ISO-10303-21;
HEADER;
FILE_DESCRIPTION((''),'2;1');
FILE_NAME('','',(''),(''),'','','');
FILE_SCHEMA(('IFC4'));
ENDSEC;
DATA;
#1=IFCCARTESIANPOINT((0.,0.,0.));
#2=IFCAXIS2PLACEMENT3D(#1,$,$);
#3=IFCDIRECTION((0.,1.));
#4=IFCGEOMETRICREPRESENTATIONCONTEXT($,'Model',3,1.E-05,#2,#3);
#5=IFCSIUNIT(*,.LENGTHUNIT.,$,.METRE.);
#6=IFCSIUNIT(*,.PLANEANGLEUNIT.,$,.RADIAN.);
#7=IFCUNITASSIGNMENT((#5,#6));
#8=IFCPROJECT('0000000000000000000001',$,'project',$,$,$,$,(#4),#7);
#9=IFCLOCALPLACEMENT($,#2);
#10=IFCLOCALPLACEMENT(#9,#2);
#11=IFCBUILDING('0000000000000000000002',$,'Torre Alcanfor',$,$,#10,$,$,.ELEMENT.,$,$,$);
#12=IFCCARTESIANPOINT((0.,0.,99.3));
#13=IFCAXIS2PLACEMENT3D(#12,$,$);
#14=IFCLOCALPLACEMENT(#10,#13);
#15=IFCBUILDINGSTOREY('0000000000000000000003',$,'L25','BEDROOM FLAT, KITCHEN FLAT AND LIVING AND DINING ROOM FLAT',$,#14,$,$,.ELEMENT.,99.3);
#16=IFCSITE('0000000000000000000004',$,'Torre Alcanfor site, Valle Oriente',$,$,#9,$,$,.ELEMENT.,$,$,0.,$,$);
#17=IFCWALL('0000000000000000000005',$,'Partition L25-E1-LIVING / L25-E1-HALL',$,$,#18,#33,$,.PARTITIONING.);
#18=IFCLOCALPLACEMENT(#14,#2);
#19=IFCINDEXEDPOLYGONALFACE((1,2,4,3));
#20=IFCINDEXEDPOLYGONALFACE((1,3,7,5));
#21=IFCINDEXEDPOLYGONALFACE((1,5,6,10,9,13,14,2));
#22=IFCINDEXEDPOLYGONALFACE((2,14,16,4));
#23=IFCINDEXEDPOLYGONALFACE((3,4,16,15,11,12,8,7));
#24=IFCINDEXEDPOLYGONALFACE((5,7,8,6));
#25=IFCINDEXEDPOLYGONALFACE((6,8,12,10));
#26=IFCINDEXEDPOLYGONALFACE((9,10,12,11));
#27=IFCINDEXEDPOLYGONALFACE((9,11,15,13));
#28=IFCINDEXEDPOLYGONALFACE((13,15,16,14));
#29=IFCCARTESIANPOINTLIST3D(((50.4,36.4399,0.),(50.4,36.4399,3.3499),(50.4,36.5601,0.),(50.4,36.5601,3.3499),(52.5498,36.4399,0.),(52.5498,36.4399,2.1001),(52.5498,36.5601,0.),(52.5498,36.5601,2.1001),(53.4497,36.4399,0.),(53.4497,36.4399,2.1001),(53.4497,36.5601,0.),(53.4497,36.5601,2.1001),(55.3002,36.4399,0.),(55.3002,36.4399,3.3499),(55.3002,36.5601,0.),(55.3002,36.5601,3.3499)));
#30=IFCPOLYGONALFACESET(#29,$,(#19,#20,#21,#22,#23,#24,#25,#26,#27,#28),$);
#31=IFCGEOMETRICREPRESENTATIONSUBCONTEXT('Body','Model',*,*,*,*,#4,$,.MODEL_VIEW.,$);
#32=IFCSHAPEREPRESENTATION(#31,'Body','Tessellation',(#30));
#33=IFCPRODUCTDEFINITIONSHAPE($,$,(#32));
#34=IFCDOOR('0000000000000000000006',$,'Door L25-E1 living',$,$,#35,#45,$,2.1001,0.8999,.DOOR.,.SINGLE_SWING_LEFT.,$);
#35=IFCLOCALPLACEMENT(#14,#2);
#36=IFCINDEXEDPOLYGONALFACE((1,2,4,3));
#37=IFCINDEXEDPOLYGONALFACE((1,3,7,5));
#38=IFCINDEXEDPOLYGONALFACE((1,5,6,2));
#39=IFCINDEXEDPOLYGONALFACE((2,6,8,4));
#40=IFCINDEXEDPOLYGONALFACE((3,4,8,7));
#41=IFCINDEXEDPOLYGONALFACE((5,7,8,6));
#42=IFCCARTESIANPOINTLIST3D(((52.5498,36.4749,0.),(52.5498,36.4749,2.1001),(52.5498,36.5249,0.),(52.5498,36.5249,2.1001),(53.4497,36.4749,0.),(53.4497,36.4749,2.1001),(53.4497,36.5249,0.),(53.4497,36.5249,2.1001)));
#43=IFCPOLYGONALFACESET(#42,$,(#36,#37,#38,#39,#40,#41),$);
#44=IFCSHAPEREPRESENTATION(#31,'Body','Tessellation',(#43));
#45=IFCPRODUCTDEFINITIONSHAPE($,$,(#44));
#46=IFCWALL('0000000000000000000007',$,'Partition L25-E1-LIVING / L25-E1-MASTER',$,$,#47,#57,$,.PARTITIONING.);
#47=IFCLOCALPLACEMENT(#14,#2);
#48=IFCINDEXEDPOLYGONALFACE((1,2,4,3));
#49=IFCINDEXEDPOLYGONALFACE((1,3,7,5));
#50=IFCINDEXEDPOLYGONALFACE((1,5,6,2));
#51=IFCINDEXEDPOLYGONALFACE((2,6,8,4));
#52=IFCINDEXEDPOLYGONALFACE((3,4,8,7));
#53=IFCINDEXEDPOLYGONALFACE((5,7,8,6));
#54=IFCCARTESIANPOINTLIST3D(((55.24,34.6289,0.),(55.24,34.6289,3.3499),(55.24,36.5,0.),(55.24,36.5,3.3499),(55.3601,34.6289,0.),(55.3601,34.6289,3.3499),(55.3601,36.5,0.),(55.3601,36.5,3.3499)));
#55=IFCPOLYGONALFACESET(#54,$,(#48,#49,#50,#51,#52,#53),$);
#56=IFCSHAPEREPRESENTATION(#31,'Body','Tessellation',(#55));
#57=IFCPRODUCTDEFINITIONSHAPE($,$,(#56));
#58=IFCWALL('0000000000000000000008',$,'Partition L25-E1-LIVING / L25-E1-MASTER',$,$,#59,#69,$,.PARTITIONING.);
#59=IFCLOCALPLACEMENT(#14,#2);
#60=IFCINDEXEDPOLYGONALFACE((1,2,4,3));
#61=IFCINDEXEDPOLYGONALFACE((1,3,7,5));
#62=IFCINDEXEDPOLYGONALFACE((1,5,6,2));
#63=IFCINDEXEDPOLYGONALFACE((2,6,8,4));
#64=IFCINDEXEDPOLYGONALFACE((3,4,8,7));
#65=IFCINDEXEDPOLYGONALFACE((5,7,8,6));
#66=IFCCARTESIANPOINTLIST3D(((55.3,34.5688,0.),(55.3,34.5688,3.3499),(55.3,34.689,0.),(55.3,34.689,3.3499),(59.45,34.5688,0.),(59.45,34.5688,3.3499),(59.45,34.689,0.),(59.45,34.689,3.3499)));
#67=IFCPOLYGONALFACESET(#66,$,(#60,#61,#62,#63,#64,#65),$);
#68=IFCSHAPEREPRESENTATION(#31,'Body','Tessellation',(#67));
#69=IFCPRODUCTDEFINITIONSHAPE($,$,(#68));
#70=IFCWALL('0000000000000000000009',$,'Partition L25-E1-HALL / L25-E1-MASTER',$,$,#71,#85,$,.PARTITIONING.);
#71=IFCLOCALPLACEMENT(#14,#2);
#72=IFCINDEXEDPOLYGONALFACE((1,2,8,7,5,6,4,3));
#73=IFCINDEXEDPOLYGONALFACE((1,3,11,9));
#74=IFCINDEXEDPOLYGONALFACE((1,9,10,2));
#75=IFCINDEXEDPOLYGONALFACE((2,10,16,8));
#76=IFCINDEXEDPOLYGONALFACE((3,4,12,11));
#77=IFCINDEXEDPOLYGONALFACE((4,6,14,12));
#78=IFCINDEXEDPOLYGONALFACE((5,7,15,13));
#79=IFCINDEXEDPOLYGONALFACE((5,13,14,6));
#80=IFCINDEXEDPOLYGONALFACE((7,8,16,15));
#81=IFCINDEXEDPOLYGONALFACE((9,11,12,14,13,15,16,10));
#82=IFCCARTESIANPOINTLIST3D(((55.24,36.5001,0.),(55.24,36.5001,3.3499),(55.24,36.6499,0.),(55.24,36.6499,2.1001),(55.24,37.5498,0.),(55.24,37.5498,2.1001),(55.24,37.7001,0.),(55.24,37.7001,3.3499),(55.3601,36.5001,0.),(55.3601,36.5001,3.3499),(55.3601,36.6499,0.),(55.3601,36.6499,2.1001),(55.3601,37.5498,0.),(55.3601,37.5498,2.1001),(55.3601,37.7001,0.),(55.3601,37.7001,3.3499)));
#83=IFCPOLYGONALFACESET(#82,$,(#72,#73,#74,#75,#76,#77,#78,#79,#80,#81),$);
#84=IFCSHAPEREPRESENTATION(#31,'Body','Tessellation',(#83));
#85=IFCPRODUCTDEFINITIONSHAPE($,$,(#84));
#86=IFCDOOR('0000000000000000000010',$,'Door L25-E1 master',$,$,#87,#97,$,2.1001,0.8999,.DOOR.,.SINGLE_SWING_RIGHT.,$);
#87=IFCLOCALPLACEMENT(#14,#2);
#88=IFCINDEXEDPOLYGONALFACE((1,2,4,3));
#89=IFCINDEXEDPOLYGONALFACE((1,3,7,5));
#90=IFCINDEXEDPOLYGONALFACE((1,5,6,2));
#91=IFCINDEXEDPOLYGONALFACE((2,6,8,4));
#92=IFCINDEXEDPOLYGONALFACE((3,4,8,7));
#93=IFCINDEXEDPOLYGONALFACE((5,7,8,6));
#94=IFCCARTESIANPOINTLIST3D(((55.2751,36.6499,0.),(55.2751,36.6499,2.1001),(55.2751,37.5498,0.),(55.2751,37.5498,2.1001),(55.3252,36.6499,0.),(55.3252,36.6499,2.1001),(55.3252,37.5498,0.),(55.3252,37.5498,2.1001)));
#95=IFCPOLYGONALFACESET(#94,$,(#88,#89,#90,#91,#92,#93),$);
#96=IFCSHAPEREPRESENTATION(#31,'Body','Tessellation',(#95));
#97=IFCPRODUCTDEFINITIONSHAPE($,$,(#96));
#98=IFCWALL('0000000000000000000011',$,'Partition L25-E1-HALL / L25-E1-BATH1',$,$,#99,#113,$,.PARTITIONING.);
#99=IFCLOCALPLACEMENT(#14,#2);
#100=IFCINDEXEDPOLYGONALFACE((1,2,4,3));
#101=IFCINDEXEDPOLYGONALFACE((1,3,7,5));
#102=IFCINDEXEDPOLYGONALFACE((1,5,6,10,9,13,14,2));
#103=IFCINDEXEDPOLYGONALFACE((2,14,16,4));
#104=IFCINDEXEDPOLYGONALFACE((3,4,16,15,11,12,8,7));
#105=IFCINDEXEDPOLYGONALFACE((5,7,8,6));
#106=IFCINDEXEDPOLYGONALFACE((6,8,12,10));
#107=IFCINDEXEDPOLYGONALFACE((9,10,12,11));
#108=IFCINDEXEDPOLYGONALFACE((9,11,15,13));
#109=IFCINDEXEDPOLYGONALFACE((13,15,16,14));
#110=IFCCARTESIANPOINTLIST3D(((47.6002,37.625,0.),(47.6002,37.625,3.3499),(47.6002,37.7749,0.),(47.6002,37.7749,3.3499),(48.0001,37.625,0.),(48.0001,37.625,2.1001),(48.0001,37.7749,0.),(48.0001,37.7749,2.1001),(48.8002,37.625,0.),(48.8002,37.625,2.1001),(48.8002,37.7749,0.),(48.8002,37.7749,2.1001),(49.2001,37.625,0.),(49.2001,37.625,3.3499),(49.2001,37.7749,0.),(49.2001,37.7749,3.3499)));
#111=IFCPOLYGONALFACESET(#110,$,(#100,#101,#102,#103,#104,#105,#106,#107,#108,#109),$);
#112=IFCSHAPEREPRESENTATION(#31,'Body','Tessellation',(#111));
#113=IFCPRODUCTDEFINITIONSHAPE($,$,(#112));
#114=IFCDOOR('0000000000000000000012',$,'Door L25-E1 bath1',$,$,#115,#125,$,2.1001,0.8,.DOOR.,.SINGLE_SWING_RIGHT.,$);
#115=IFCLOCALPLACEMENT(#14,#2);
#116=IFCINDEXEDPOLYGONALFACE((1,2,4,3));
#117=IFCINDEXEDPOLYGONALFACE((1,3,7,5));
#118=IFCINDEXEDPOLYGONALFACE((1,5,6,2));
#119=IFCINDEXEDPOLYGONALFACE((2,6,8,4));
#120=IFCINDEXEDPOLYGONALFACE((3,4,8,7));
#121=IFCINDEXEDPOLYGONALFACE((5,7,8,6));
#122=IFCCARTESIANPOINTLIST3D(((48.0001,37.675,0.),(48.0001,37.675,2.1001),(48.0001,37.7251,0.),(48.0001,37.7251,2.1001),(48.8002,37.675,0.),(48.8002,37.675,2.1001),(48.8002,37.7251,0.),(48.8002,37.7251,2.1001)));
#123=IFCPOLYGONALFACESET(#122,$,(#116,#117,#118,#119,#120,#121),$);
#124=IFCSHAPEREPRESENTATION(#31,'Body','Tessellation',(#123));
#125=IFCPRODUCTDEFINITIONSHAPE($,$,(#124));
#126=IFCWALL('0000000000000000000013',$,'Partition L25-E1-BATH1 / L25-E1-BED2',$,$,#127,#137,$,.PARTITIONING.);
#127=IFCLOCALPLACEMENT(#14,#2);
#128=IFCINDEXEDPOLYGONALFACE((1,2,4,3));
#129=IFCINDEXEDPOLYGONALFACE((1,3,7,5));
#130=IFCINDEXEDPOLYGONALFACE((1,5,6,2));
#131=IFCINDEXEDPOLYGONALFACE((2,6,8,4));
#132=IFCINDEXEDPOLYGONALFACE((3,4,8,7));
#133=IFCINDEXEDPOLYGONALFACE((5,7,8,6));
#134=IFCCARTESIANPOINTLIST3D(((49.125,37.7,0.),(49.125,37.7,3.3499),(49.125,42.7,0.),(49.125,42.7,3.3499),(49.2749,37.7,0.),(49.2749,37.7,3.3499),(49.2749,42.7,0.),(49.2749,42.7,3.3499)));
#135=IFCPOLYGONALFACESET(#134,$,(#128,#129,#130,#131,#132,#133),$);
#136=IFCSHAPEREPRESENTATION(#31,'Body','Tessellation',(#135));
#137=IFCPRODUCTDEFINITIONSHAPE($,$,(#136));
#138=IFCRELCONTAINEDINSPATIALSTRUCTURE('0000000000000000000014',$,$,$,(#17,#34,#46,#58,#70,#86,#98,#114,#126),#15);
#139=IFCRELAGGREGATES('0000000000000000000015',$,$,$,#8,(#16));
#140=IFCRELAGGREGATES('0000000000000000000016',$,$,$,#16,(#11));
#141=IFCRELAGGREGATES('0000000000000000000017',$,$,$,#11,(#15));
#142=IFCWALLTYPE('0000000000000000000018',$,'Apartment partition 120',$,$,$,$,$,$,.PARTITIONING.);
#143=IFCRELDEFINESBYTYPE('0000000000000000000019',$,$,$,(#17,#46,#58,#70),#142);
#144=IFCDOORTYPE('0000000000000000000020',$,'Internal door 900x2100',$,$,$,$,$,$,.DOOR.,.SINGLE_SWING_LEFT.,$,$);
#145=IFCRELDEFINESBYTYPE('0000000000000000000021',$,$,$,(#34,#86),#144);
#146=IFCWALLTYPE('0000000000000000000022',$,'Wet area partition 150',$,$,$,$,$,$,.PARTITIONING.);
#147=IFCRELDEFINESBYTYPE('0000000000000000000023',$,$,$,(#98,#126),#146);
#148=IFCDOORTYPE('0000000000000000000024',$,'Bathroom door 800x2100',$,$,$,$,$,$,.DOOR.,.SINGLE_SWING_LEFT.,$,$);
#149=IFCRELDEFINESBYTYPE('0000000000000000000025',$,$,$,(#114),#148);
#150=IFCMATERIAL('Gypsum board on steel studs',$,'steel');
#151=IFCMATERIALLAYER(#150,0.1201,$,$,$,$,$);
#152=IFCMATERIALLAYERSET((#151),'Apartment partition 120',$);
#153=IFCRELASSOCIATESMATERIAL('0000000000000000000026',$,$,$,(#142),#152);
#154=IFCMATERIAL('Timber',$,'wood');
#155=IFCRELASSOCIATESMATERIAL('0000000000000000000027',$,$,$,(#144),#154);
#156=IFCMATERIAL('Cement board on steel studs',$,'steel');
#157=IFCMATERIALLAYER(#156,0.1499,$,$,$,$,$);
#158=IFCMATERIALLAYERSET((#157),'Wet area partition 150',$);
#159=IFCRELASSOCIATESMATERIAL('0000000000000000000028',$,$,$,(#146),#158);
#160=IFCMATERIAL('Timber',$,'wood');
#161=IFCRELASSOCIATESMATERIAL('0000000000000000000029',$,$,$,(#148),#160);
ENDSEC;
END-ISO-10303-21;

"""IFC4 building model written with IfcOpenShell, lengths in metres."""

from ifc_helpers import new_model, si_unit, direction, frame, frame_2d, origin, place, context, subcontext, project, spatial, rectangle, extrude, material, layer, layer_set, type_object, element, fill, save


model = new_model("IFC4")

# Units and contexts
model_context = context("Model", 3, precision=1e-05, world=origin(), true_north=direction((0.0, 1.0)))
body_context = subcontext(model_context, "Body", "Model", "MODEL_VIEW")
ifc_project = project(units=[si_unit("LENGTHUNIT", "METRE"), si_unit("PLANEANGLEUNIT", "RADIAN")], contexts=[model_context])

# Site, building, storey
site_placement = place(None, origin())
site = spatial("IfcSite", under=ifc_project, at=site_placement, Name="Torre Alcanfor site, Valle Oriente", CompositionType="ELEMENT", RefElevation=0.0)
building_placement = place(site_placement, origin())
building = spatial("IfcBuilding", under=site, at=building_placement, Name="Torre Alcanfor", CompositionType="ELEMENT")
storey_placement = place(building_placement, frame((0.0, 0.0, 99.3)))
storey = spatial("IfcBuildingStorey", under=building, at=storey_placement, Name="L25", Description="BEDROOM FLAT, KITCHEN FLAT AND LIVING AND DINING ROOM FLAT", CompositionType="ELEMENT", Elevation=99.3)

# Wall, opening, door
ifc_material_1 = material(Name="Gypsum board on steel studs", Category="steel")
ifc_layer_1 = layer(ifc_material_1, 0.1201)
ifc_layer_set_1 = layer_set([ifc_layer_1], Name="Apartment partition 120")
wall_type_1 = type_object("IfcWallType", Name="Apartment partition 120", PredefinedType="PARTITIONING", material=ifc_layer_set_1)
wall_1_placement = place(storey_placement, frame((50.3999, 36.5, 0.0), z_axis=(0.0, 0.0, 1.0), x_axis=(1.0, 0.0, 0.0)))
wall_1 = element("IfcWall", 1, at=wall_1_placement, inside=storey, type_object=wall_type_1, Name="Partition L25-E1-LIVING / L25-E1-HALL", PredefinedType="PARTITIONING", context=body_context, shape_type="SweptSolid", body=[
    extrude(rectangle(XDim=4.9001, YDim=0.1201, at=frame_2d((2.4502, 0.0))), origin(), (0.0, 0.0, 1.0), 3.3499),
])
opening_1_placement = place(wall_1_placement, frame((2.1499, 0.0, 0.0)))
opening_1 = element("IfcOpeningElement", 2, at=opening_1_placement, cuts=wall_1, PredefinedType="OPENING", context=body_context, shape_type="SweptSolid", body=[
    extrude(rectangle(XDim=0.8999, YDim=2.1001, at=frame_2d((0.45, 1.05))), frame((0.0, 0.0701, 0.0), z_axis=(0.0, -1.0, 0.0), x_axis=(1.0, 0.0, 0.0)), (0.0, 0.0, 1.0), 0.1401),
])
ifc_material_2 = material(Name="Timber", Category="wood")
door_type_1 = type_object("IfcDoorType", Name="Internal door 900x2100", OperationType="SINGLE_SWING_LEFT", PredefinedType="DOOR", material=ifc_material_2)
door_1_placement = place(opening_1_placement, frame((0.8999, 0.0, 0.0), z_axis=(0.0, 0.0, 1.0), x_axis=(-1.0, 0.0, 0.0)))
door_1 = element("IfcDoor", 3, at=door_1_placement, inside=storey, type_object=door_type_1, Name="Door L25-E1 living", OperationType="SINGLE_SWING_LEFT", OverallHeight=2.1001, OverallWidth=0.8999, PredefinedType="DOOR", context=body_context, shape_type="SweptSolid", body=[
    extrude(rectangle(XDim=0.8999, YDim=2.1001, at=frame_2d((0.45, 1.05))), frame((0.0, 0.0251, 0.0), z_axis=(0.0, -1.0, 0.0), x_axis=(1.0, 0.0, 0.0)), (0.0, 0.0, 1.0), 0.05),
])
fill(opening_1, door_1)

# Walls
wall_2_placement = place(storey_placement, frame((55.3, 36.5, 0.0), z_axis=(0.0, 0.0, 1.0), x_axis=(0.0, -1.0, 0.0)))
element("IfcWall", 4, at=wall_2_placement, inside=storey, type_object=wall_type_1, Name="Partition L25-E1-LIVING / L25-E1-MASTER", PredefinedType="PARTITIONING", context=body_context, shape_type="SweptSolid", body=[
    extrude(rectangle(XDim=1.8711, YDim=0.1201, at=frame_2d((0.9355, 0.0))), origin(), (0.0, 0.0, 1.0), 3.3499),
])
wall_3_placement = place(storey_placement, frame((55.3, 34.6289, 0.0), z_axis=(0.0, 0.0, 1.0), x_axis=(1.0, 0.0, 0.0)))
element("IfcWall", 5, at=wall_3_placement, inside=storey, type_object=wall_type_1, Name="Partition L25-E1-LIVING / L25-E1-MASTER", PredefinedType="PARTITIONING", context=body_context, shape_type="SweptSolid", body=[
    extrude(rectangle(XDim=4.1499, YDim=0.1201, at=frame_2d((2.075, 0.0))), origin(), (0.0, 0.0, 1.0), 3.3499),
])

# Walls, openings, doors
wall_4_placement = place(storey_placement, frame((55.3, 36.5, 0.0), z_axis=(0.0, 0.0, 1.0), x_axis=(0.0, 1.0, 0.0)))
wall_4 = element("IfcWall", 6, at=wall_4_placement, inside=storey, type_object=wall_type_1, Name="Partition L25-E1-HALL / L25-E1-MASTER", PredefinedType="PARTITIONING", context=body_context, shape_type="SweptSolid", body=[
    extrude(rectangle(XDim=1.2, YDim=0.1201, at=frame_2d((0.6001, 0.0))), origin(), (0.0, 0.0, 1.0), 3.3499),
])
opening_2_placement = place(wall_4_placement, frame((0.1499, 0.0, 0.0)))
opening_2 = element("IfcOpeningElement", 7, at=opening_2_placement, cuts=wall_4, PredefinedType="OPENING", context=body_context, shape_type="SweptSolid", body=[
    extrude(rectangle(XDim=0.8999, YDim=2.1001, at=frame_2d((0.45, 1.05))), frame((0.0, 0.0701, 0.0), z_axis=(0.0, -1.0, 0.0), x_axis=(1.0, 0.0, 0.0)), (0.0, 0.0, 1.0), 0.1401),
])
door_2_placement = place(opening_2_placement, frame((0.8999, 0.0, 0.0), z_axis=(0.0, 0.0, 1.0), x_axis=(-1.0, 0.0, 0.0)))
door_2 = element("IfcDoor", 8, at=door_2_placement, inside=storey, type_object=door_type_1, Name="Door L25-E1 master", OperationType="SINGLE_SWING_RIGHT", OverallHeight=2.1001, OverallWidth=0.8999, PredefinedType="DOOR", context=body_context, shape_type="SweptSolid", body=[
    extrude(rectangle(XDim=0.8999, YDim=2.1001, at=frame_2d((0.45, 1.05))), frame((0.0, 0.0251, 0.0), z_axis=(0.0, -1.0, 0.0), x_axis=(1.0, 0.0, 0.0)), (0.0, 0.0, 1.0), 0.05),
])
fill(opening_2, door_2)
ifc_material_3 = material(Name="Cement board on steel studs", Category="steel")
ifc_layer_2 = layer(ifc_material_3, 0.1499)
ifc_layer_set_2 = layer_set([ifc_layer_2], Name="Wet area partition 150")
wall_type_2 = type_object("IfcWallType", Name="Wet area partition 150", PredefinedType="PARTITIONING", material=ifc_layer_set_2)
wall_5_placement = place(storey_placement, frame((49.2, 37.7, 0.0), z_axis=(0.0, 0.0, 1.0), x_axis=(-1.0, 0.0, 0.0)))
wall_5 = element("IfcWall", 9, at=wall_5_placement, inside=storey, type_object=wall_type_2, Name="Partition L25-E1-HALL / L25-E1-BATH1", PredefinedType="PARTITIONING", context=body_context, shape_type="SweptSolid", body=[
    extrude(rectangle(XDim=1.5999, YDim=0.1499, at=frame_2d((0.7998, 0.0))), origin(), (0.0, 0.0, 1.0), 3.3499),
])
opening_3_placement = place(wall_5_placement, frame((0.3999, 0.0, 0.0)))
opening_3 = element("IfcOpeningElement", 10, at=opening_3_placement, cuts=wall_5, PredefinedType="OPENING", context=body_context, shape_type="SweptSolid", body=[
    extrude(rectangle(XDim=0.8, YDim=2.1001, at=frame_2d((0.3999, 1.05))), frame((0.0, 0.085, 0.0), z_axis=(0.0, -1.0, 0.0), x_axis=(1.0, 0.0, 0.0)), (0.0, 0.0, 1.0), 0.1699),
])
ifc_material_4 = material(Name="Timber", Category="wood")
door_type_2 = type_object("IfcDoorType", Name="Bathroom door 800x2100", OperationType="SINGLE_SWING_LEFT", PredefinedType="DOOR", material=ifc_material_4)
door_3_placement = place(opening_3_placement, frame((0.8, 0.0, 0.0), z_axis=(0.0, 0.0, 1.0), x_axis=(-1.0, 0.0, 0.0)))
door_3 = element("IfcDoor", 11, at=door_3_placement, inside=storey, type_object=door_type_2, Name="Door L25-E1 bath1", OperationType="SINGLE_SWING_RIGHT", OverallHeight=2.1001, OverallWidth=0.8, PredefinedType="DOOR", context=body_context, shape_type="SweptSolid", body=[
    extrude(rectangle(XDim=0.8, YDim=2.1001, at=frame_2d((0.4001, 1.05))), frame((0.0, 0.0251, 0.0), z_axis=(0.0, -1.0, 0.0), x_axis=(1.0, 0.0, 0.0)), (0.0, 0.0, 1.0), 0.05),
])
fill(opening_3, door_3)

# Wall
wall_6_placement = place(storey_placement, frame((49.2, 37.7, 0.0), z_axis=(0.0, 0.0, 1.0), x_axis=(0.0, 1.0, 0.0)))
element("IfcWall", 12, at=wall_6_placement, inside=storey, type_object=wall_type_2, Name="Partition L25-E1-BATH1 / L25-E1-BED2", PredefinedType="PARTITIONING", context=body_context, shape_type="SweptSolid", body=[
    extrude(rectangle(XDim=5.0, YDim=0.1499, at=frame_2d((2.5, 0.0))), origin(), (0.0, 0.0, 1.0), 3.3499),
])

save(model, "model.ifc")
